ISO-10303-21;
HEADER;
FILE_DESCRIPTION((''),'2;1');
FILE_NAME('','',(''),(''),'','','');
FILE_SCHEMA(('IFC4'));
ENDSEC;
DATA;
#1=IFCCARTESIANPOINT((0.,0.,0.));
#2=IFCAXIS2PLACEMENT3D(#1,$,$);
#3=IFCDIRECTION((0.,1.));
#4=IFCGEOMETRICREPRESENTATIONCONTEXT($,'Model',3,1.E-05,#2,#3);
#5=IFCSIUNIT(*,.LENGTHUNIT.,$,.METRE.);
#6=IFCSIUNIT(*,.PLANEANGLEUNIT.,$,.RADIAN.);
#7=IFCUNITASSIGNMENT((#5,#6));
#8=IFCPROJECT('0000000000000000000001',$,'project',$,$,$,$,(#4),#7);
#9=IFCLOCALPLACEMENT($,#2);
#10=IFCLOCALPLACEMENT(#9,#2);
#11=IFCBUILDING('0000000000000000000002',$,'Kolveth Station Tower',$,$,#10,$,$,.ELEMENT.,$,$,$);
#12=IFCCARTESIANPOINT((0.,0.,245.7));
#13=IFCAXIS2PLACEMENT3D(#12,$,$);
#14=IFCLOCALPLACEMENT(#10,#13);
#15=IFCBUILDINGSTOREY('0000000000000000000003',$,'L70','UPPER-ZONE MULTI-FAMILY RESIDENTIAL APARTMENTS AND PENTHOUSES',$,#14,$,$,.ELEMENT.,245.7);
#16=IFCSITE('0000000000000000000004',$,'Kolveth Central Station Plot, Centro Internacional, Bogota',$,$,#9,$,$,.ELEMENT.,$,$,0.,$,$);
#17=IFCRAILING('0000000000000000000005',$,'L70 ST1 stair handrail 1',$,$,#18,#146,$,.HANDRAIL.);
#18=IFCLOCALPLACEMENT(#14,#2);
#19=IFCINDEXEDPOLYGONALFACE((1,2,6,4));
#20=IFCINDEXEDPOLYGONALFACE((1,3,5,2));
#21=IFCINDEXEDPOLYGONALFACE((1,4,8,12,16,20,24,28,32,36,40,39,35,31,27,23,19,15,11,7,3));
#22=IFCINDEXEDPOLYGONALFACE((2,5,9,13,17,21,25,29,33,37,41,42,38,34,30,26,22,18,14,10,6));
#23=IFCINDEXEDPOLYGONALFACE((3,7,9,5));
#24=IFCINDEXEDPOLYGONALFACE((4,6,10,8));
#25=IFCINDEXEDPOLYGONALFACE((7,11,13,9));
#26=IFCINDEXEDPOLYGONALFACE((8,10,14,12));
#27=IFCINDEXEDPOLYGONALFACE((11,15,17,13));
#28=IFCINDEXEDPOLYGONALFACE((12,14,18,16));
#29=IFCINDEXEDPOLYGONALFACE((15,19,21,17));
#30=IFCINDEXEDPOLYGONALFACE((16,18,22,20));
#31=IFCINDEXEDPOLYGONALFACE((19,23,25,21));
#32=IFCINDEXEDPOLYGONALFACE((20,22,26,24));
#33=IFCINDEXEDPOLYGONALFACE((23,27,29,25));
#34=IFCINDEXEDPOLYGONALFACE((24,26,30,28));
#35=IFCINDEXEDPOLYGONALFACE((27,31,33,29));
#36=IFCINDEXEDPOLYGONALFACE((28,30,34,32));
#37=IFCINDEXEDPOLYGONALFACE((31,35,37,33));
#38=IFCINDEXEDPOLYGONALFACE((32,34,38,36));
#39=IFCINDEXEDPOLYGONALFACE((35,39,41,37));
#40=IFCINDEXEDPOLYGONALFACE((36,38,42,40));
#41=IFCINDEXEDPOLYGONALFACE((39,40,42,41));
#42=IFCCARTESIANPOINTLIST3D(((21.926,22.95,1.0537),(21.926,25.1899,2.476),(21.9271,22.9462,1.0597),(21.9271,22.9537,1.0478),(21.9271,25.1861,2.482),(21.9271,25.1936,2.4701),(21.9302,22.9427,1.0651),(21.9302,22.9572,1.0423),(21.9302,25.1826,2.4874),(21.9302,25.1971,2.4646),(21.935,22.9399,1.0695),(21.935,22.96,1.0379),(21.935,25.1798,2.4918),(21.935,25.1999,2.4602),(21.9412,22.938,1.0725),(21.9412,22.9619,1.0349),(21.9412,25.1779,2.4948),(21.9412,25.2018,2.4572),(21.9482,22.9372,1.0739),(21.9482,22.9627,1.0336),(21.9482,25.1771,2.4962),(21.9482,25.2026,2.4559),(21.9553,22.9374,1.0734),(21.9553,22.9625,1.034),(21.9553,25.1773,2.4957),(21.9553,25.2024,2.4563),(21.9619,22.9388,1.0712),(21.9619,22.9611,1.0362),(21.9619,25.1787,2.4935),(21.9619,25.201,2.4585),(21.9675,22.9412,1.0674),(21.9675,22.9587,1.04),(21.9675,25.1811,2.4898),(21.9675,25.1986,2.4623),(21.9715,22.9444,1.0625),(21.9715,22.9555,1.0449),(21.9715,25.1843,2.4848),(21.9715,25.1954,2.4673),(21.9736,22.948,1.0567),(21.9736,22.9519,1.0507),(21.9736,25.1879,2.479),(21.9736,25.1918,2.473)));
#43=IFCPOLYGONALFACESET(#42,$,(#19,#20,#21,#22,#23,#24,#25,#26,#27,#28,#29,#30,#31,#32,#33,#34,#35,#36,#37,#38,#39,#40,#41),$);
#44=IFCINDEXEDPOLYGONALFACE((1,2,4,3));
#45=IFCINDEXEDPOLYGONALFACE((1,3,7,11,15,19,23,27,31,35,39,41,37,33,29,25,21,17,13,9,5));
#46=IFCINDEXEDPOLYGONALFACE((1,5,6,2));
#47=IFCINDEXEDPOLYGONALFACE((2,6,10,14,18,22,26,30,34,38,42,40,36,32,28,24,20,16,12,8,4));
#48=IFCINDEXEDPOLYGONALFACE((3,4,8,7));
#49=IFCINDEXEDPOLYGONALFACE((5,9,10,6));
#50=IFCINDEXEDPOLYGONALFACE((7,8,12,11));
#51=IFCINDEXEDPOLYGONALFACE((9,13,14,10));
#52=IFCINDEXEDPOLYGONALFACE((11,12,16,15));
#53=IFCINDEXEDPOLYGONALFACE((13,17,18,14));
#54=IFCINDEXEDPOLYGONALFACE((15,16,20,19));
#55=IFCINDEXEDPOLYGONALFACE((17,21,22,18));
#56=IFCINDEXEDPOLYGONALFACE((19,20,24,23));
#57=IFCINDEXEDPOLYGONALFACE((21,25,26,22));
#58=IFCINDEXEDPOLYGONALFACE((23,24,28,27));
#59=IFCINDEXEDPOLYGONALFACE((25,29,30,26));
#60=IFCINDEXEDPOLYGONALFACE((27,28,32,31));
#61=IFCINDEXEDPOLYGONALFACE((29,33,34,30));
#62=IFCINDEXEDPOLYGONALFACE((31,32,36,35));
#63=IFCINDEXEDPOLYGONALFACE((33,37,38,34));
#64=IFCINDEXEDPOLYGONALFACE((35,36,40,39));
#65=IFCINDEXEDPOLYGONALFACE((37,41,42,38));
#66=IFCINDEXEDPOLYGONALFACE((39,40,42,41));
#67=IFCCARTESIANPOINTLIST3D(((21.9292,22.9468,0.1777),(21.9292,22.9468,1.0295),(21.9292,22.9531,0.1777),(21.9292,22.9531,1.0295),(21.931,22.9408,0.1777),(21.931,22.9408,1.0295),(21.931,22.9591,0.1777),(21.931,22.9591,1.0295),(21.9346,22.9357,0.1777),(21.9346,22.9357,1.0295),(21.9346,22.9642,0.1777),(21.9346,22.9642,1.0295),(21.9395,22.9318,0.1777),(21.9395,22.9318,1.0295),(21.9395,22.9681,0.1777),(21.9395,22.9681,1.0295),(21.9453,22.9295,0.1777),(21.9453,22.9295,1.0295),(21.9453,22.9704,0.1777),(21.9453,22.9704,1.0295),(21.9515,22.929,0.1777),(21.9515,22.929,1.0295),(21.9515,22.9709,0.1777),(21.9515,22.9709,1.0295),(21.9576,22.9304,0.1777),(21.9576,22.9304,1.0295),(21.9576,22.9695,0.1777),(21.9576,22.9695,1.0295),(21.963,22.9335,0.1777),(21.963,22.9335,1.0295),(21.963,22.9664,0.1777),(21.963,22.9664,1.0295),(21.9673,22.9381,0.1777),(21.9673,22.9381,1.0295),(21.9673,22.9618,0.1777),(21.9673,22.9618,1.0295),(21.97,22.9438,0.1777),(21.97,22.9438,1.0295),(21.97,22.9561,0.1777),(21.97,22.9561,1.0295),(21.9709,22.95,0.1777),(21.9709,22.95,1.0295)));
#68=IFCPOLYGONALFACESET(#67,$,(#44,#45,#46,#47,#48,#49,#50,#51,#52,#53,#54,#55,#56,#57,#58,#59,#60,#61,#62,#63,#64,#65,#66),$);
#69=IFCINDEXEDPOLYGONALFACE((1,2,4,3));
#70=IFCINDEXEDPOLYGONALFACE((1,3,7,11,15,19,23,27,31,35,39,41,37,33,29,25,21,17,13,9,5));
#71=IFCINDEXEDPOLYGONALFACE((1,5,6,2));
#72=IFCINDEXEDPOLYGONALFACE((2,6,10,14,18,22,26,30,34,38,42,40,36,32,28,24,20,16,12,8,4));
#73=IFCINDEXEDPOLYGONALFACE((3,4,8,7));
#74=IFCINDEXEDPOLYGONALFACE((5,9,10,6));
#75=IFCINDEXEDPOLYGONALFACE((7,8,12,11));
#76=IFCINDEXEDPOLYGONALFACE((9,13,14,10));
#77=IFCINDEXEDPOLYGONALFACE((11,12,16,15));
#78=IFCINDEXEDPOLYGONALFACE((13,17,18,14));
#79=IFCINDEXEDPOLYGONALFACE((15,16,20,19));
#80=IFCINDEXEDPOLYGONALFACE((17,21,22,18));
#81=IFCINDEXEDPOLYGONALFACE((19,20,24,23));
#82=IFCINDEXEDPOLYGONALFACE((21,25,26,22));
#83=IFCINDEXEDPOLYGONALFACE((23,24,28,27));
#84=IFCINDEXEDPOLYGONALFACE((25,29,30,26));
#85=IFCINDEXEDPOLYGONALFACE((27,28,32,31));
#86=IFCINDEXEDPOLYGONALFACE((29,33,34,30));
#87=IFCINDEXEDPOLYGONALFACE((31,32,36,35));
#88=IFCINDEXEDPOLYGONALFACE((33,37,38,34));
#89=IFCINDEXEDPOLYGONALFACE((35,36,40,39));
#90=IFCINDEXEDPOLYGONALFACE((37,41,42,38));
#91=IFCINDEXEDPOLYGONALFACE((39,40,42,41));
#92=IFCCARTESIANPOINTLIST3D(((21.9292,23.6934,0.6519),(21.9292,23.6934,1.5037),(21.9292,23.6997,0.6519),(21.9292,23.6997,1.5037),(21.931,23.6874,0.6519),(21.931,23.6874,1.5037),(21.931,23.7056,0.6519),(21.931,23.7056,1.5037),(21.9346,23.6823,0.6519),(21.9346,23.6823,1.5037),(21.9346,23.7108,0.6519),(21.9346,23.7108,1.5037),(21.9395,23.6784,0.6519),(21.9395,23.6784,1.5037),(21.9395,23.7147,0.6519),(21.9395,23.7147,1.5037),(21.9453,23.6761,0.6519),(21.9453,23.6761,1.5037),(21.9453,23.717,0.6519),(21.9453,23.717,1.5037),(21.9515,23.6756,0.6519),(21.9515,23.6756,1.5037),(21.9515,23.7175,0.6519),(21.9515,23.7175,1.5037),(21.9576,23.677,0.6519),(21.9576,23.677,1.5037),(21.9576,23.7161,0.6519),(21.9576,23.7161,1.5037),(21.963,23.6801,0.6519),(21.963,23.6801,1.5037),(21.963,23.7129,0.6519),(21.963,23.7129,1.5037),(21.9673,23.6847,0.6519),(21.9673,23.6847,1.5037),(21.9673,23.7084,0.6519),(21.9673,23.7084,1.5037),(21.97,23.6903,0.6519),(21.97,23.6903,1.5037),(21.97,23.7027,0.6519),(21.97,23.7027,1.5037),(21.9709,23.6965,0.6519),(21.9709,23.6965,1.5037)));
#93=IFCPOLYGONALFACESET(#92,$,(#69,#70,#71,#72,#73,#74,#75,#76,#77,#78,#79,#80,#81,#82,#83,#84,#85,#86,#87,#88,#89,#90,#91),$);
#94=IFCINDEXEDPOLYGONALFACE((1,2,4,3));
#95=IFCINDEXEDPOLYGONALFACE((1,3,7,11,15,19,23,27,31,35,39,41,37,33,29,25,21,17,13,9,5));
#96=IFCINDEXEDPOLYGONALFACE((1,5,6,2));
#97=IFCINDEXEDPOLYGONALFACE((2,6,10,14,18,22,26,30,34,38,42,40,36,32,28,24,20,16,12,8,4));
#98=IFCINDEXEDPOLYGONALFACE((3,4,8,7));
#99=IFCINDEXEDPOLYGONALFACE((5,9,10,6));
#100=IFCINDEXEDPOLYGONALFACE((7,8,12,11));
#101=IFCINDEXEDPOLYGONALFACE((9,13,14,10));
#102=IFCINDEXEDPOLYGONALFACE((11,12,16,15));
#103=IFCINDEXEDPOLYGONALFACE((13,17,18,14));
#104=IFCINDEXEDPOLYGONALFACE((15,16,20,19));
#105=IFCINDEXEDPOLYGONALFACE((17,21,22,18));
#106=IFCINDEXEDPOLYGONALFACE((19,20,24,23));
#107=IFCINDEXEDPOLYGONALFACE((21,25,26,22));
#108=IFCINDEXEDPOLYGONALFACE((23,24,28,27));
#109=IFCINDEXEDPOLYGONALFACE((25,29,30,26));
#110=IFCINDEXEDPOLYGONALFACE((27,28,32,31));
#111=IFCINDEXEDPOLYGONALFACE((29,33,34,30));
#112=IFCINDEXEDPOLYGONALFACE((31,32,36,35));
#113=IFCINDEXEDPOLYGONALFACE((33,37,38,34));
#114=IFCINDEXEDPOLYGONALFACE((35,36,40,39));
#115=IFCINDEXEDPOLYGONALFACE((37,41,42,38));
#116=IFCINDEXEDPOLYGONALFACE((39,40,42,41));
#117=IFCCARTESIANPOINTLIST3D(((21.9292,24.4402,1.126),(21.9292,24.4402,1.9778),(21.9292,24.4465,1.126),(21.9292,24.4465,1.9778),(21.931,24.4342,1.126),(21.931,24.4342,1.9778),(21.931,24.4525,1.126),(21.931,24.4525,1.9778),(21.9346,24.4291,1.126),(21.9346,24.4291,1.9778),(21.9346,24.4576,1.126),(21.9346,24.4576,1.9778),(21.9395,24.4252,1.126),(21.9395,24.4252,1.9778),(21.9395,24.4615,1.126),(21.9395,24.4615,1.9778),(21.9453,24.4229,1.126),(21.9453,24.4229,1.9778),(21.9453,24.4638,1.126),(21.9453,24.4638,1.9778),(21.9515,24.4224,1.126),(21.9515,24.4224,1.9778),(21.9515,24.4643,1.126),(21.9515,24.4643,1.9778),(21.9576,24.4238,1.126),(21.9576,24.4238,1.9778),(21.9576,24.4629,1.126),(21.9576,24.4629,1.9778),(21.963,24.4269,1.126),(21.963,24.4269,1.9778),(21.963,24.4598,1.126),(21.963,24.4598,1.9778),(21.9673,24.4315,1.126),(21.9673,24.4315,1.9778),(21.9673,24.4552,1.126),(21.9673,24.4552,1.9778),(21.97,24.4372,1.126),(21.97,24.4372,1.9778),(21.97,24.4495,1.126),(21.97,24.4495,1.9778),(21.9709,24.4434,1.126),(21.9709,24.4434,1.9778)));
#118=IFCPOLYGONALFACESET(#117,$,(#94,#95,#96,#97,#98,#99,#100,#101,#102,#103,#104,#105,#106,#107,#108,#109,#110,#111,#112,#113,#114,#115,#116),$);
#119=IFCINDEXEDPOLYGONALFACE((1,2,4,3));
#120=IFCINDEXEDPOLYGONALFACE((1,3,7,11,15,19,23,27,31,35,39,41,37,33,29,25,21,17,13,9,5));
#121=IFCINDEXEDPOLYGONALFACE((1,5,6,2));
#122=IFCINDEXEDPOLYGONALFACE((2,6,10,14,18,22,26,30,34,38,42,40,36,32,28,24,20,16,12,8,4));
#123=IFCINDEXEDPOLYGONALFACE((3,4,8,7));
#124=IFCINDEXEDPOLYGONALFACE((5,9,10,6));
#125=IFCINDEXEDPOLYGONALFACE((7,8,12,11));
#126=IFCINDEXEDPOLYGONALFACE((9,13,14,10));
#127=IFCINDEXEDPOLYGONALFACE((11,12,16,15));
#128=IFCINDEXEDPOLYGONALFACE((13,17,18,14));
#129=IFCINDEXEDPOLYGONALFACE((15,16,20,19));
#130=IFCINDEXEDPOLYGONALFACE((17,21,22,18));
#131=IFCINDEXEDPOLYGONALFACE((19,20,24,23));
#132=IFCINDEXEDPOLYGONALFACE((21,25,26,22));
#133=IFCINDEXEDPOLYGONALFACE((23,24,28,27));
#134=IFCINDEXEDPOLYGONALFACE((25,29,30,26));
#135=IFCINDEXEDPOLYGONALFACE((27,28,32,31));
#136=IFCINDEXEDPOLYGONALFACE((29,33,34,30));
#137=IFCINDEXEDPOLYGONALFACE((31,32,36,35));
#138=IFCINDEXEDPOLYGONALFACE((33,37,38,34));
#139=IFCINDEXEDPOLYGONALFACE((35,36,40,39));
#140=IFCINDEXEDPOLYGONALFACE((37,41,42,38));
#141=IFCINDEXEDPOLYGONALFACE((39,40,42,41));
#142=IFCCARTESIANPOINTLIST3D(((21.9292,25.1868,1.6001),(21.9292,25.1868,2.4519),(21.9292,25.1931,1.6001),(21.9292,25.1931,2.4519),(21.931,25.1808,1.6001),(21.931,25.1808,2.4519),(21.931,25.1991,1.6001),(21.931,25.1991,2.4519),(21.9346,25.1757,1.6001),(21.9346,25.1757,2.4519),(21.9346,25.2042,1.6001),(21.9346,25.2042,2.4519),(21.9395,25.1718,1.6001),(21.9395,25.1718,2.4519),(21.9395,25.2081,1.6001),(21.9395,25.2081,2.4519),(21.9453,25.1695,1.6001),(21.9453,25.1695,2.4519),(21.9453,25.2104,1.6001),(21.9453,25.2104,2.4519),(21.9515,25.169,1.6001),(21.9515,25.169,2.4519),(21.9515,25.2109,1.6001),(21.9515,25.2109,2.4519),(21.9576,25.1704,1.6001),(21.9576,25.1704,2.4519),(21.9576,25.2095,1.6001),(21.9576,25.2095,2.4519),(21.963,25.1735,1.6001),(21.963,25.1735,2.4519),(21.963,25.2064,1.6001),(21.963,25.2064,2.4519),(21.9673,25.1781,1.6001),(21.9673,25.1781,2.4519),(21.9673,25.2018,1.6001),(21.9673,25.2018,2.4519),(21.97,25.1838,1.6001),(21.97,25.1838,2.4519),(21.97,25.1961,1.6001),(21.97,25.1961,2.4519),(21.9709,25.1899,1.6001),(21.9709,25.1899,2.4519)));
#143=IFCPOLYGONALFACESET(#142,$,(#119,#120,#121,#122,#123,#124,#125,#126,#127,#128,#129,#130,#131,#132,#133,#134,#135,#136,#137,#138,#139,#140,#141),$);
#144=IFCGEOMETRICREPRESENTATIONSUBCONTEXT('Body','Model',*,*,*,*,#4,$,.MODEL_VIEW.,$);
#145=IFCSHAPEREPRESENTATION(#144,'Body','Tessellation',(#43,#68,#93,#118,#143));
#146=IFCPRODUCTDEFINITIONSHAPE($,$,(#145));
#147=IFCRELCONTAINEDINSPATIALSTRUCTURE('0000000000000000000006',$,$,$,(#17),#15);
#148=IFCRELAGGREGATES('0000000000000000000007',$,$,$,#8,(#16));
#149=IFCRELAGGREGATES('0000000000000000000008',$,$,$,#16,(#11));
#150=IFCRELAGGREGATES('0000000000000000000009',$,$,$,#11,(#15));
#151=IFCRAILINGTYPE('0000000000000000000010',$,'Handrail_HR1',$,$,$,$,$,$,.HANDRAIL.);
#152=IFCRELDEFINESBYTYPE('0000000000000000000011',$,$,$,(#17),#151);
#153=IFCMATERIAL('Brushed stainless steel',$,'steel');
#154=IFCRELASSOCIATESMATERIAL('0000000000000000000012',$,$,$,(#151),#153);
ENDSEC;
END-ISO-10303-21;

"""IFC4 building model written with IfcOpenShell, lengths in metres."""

from ifc_helpers import new_model, si_unit, direction, frame, origin, origin_2d, place, context, subcontext, project, spatial, circle, extrude, material, type_object, element, save


model = new_model("IFC4")

# Units and contexts
model_context = context("Model", 3, precision=1e-05, world=origin(), true_north=direction((0.0, 1.0)))
body_context = subcontext(model_context, "Body", "Model", "MODEL_VIEW")
ifc_project = project(units=[si_unit("LENGTHUNIT", "METRE"), si_unit("PLANEANGLEUNIT", "RADIAN")], contexts=[model_context])

# Site, building, storey
site_placement = place(None, origin())
site = spatial("IfcSite", under=ifc_project, at=site_placement, Name="Kolveth Central Station Plot, Centro Internacional, Bogota", CompositionType="ELEMENT", RefElevation=0.0)
building_placement = place(site_placement, origin())
building = spatial("IfcBuilding", under=site, at=building_placement, Name="Kolveth Station Tower", CompositionType="ELEMENT")
storey_placement = place(building_placement, frame((0.0, 0.0, 245.7)))
storey = spatial("IfcBuildingStorey", under=building, at=storey_placement, Name="L70", Description="UPPER-ZONE MULTI-FAMILY RESIDENTIAL APARTMENTS AND PENTHOUSES", CompositionType="ELEMENT", Elevation=245.7)

# Railing
ifc_material_1 = material(Name="Brushed stainless steel", Category="steel")
railing_type_1 = type_object("IfcRailingType", Name="Handrail_HR1", PredefinedType="HANDRAIL", material=ifc_material_1)
railing_1_placement = place(storey_placement, frame((21.95, 22.95, 0.1777)))
element("IfcRailing", 1, at=railing_1_placement, inside=storey, type_object=railing_type_1, Name="L70 ST1 stair handrail 1", PredefinedType="HANDRAIL", context=body_context, shape_type="SweptSolid", body=[
    extrude(circle(Radius=0.0239, at=origin_2d()), frame((0.0, 0.0, 0.876), z_axis=(0.0, 0.844188, 0.536048), x_axis=(-1.0, 0.0, 0.0)), (0.0, 0.0, 1.0), 2.6533),
    extrude(circle(Radius=0.021, at=origin_2d()), origin(), (0.0, 0.0, 1.0), 0.8518),
    extrude(circle(Radius=0.021, at=origin_2d()), frame((0.0, 0.7466, 0.4741)), (0.0, 0.0, 1.0), 0.8518),
    extrude(circle(Radius=0.021, at=origin_2d()), frame((0.0, 1.4934, 0.9482)), (0.0, 0.0, 1.0), 0.8518),
    extrude(circle(Radius=0.021, at=origin_2d()), frame((0.0, 2.24, 1.4224)), (0.0, 0.0, 1.0), 0.8518),
])

save(model, "model.ifc")
